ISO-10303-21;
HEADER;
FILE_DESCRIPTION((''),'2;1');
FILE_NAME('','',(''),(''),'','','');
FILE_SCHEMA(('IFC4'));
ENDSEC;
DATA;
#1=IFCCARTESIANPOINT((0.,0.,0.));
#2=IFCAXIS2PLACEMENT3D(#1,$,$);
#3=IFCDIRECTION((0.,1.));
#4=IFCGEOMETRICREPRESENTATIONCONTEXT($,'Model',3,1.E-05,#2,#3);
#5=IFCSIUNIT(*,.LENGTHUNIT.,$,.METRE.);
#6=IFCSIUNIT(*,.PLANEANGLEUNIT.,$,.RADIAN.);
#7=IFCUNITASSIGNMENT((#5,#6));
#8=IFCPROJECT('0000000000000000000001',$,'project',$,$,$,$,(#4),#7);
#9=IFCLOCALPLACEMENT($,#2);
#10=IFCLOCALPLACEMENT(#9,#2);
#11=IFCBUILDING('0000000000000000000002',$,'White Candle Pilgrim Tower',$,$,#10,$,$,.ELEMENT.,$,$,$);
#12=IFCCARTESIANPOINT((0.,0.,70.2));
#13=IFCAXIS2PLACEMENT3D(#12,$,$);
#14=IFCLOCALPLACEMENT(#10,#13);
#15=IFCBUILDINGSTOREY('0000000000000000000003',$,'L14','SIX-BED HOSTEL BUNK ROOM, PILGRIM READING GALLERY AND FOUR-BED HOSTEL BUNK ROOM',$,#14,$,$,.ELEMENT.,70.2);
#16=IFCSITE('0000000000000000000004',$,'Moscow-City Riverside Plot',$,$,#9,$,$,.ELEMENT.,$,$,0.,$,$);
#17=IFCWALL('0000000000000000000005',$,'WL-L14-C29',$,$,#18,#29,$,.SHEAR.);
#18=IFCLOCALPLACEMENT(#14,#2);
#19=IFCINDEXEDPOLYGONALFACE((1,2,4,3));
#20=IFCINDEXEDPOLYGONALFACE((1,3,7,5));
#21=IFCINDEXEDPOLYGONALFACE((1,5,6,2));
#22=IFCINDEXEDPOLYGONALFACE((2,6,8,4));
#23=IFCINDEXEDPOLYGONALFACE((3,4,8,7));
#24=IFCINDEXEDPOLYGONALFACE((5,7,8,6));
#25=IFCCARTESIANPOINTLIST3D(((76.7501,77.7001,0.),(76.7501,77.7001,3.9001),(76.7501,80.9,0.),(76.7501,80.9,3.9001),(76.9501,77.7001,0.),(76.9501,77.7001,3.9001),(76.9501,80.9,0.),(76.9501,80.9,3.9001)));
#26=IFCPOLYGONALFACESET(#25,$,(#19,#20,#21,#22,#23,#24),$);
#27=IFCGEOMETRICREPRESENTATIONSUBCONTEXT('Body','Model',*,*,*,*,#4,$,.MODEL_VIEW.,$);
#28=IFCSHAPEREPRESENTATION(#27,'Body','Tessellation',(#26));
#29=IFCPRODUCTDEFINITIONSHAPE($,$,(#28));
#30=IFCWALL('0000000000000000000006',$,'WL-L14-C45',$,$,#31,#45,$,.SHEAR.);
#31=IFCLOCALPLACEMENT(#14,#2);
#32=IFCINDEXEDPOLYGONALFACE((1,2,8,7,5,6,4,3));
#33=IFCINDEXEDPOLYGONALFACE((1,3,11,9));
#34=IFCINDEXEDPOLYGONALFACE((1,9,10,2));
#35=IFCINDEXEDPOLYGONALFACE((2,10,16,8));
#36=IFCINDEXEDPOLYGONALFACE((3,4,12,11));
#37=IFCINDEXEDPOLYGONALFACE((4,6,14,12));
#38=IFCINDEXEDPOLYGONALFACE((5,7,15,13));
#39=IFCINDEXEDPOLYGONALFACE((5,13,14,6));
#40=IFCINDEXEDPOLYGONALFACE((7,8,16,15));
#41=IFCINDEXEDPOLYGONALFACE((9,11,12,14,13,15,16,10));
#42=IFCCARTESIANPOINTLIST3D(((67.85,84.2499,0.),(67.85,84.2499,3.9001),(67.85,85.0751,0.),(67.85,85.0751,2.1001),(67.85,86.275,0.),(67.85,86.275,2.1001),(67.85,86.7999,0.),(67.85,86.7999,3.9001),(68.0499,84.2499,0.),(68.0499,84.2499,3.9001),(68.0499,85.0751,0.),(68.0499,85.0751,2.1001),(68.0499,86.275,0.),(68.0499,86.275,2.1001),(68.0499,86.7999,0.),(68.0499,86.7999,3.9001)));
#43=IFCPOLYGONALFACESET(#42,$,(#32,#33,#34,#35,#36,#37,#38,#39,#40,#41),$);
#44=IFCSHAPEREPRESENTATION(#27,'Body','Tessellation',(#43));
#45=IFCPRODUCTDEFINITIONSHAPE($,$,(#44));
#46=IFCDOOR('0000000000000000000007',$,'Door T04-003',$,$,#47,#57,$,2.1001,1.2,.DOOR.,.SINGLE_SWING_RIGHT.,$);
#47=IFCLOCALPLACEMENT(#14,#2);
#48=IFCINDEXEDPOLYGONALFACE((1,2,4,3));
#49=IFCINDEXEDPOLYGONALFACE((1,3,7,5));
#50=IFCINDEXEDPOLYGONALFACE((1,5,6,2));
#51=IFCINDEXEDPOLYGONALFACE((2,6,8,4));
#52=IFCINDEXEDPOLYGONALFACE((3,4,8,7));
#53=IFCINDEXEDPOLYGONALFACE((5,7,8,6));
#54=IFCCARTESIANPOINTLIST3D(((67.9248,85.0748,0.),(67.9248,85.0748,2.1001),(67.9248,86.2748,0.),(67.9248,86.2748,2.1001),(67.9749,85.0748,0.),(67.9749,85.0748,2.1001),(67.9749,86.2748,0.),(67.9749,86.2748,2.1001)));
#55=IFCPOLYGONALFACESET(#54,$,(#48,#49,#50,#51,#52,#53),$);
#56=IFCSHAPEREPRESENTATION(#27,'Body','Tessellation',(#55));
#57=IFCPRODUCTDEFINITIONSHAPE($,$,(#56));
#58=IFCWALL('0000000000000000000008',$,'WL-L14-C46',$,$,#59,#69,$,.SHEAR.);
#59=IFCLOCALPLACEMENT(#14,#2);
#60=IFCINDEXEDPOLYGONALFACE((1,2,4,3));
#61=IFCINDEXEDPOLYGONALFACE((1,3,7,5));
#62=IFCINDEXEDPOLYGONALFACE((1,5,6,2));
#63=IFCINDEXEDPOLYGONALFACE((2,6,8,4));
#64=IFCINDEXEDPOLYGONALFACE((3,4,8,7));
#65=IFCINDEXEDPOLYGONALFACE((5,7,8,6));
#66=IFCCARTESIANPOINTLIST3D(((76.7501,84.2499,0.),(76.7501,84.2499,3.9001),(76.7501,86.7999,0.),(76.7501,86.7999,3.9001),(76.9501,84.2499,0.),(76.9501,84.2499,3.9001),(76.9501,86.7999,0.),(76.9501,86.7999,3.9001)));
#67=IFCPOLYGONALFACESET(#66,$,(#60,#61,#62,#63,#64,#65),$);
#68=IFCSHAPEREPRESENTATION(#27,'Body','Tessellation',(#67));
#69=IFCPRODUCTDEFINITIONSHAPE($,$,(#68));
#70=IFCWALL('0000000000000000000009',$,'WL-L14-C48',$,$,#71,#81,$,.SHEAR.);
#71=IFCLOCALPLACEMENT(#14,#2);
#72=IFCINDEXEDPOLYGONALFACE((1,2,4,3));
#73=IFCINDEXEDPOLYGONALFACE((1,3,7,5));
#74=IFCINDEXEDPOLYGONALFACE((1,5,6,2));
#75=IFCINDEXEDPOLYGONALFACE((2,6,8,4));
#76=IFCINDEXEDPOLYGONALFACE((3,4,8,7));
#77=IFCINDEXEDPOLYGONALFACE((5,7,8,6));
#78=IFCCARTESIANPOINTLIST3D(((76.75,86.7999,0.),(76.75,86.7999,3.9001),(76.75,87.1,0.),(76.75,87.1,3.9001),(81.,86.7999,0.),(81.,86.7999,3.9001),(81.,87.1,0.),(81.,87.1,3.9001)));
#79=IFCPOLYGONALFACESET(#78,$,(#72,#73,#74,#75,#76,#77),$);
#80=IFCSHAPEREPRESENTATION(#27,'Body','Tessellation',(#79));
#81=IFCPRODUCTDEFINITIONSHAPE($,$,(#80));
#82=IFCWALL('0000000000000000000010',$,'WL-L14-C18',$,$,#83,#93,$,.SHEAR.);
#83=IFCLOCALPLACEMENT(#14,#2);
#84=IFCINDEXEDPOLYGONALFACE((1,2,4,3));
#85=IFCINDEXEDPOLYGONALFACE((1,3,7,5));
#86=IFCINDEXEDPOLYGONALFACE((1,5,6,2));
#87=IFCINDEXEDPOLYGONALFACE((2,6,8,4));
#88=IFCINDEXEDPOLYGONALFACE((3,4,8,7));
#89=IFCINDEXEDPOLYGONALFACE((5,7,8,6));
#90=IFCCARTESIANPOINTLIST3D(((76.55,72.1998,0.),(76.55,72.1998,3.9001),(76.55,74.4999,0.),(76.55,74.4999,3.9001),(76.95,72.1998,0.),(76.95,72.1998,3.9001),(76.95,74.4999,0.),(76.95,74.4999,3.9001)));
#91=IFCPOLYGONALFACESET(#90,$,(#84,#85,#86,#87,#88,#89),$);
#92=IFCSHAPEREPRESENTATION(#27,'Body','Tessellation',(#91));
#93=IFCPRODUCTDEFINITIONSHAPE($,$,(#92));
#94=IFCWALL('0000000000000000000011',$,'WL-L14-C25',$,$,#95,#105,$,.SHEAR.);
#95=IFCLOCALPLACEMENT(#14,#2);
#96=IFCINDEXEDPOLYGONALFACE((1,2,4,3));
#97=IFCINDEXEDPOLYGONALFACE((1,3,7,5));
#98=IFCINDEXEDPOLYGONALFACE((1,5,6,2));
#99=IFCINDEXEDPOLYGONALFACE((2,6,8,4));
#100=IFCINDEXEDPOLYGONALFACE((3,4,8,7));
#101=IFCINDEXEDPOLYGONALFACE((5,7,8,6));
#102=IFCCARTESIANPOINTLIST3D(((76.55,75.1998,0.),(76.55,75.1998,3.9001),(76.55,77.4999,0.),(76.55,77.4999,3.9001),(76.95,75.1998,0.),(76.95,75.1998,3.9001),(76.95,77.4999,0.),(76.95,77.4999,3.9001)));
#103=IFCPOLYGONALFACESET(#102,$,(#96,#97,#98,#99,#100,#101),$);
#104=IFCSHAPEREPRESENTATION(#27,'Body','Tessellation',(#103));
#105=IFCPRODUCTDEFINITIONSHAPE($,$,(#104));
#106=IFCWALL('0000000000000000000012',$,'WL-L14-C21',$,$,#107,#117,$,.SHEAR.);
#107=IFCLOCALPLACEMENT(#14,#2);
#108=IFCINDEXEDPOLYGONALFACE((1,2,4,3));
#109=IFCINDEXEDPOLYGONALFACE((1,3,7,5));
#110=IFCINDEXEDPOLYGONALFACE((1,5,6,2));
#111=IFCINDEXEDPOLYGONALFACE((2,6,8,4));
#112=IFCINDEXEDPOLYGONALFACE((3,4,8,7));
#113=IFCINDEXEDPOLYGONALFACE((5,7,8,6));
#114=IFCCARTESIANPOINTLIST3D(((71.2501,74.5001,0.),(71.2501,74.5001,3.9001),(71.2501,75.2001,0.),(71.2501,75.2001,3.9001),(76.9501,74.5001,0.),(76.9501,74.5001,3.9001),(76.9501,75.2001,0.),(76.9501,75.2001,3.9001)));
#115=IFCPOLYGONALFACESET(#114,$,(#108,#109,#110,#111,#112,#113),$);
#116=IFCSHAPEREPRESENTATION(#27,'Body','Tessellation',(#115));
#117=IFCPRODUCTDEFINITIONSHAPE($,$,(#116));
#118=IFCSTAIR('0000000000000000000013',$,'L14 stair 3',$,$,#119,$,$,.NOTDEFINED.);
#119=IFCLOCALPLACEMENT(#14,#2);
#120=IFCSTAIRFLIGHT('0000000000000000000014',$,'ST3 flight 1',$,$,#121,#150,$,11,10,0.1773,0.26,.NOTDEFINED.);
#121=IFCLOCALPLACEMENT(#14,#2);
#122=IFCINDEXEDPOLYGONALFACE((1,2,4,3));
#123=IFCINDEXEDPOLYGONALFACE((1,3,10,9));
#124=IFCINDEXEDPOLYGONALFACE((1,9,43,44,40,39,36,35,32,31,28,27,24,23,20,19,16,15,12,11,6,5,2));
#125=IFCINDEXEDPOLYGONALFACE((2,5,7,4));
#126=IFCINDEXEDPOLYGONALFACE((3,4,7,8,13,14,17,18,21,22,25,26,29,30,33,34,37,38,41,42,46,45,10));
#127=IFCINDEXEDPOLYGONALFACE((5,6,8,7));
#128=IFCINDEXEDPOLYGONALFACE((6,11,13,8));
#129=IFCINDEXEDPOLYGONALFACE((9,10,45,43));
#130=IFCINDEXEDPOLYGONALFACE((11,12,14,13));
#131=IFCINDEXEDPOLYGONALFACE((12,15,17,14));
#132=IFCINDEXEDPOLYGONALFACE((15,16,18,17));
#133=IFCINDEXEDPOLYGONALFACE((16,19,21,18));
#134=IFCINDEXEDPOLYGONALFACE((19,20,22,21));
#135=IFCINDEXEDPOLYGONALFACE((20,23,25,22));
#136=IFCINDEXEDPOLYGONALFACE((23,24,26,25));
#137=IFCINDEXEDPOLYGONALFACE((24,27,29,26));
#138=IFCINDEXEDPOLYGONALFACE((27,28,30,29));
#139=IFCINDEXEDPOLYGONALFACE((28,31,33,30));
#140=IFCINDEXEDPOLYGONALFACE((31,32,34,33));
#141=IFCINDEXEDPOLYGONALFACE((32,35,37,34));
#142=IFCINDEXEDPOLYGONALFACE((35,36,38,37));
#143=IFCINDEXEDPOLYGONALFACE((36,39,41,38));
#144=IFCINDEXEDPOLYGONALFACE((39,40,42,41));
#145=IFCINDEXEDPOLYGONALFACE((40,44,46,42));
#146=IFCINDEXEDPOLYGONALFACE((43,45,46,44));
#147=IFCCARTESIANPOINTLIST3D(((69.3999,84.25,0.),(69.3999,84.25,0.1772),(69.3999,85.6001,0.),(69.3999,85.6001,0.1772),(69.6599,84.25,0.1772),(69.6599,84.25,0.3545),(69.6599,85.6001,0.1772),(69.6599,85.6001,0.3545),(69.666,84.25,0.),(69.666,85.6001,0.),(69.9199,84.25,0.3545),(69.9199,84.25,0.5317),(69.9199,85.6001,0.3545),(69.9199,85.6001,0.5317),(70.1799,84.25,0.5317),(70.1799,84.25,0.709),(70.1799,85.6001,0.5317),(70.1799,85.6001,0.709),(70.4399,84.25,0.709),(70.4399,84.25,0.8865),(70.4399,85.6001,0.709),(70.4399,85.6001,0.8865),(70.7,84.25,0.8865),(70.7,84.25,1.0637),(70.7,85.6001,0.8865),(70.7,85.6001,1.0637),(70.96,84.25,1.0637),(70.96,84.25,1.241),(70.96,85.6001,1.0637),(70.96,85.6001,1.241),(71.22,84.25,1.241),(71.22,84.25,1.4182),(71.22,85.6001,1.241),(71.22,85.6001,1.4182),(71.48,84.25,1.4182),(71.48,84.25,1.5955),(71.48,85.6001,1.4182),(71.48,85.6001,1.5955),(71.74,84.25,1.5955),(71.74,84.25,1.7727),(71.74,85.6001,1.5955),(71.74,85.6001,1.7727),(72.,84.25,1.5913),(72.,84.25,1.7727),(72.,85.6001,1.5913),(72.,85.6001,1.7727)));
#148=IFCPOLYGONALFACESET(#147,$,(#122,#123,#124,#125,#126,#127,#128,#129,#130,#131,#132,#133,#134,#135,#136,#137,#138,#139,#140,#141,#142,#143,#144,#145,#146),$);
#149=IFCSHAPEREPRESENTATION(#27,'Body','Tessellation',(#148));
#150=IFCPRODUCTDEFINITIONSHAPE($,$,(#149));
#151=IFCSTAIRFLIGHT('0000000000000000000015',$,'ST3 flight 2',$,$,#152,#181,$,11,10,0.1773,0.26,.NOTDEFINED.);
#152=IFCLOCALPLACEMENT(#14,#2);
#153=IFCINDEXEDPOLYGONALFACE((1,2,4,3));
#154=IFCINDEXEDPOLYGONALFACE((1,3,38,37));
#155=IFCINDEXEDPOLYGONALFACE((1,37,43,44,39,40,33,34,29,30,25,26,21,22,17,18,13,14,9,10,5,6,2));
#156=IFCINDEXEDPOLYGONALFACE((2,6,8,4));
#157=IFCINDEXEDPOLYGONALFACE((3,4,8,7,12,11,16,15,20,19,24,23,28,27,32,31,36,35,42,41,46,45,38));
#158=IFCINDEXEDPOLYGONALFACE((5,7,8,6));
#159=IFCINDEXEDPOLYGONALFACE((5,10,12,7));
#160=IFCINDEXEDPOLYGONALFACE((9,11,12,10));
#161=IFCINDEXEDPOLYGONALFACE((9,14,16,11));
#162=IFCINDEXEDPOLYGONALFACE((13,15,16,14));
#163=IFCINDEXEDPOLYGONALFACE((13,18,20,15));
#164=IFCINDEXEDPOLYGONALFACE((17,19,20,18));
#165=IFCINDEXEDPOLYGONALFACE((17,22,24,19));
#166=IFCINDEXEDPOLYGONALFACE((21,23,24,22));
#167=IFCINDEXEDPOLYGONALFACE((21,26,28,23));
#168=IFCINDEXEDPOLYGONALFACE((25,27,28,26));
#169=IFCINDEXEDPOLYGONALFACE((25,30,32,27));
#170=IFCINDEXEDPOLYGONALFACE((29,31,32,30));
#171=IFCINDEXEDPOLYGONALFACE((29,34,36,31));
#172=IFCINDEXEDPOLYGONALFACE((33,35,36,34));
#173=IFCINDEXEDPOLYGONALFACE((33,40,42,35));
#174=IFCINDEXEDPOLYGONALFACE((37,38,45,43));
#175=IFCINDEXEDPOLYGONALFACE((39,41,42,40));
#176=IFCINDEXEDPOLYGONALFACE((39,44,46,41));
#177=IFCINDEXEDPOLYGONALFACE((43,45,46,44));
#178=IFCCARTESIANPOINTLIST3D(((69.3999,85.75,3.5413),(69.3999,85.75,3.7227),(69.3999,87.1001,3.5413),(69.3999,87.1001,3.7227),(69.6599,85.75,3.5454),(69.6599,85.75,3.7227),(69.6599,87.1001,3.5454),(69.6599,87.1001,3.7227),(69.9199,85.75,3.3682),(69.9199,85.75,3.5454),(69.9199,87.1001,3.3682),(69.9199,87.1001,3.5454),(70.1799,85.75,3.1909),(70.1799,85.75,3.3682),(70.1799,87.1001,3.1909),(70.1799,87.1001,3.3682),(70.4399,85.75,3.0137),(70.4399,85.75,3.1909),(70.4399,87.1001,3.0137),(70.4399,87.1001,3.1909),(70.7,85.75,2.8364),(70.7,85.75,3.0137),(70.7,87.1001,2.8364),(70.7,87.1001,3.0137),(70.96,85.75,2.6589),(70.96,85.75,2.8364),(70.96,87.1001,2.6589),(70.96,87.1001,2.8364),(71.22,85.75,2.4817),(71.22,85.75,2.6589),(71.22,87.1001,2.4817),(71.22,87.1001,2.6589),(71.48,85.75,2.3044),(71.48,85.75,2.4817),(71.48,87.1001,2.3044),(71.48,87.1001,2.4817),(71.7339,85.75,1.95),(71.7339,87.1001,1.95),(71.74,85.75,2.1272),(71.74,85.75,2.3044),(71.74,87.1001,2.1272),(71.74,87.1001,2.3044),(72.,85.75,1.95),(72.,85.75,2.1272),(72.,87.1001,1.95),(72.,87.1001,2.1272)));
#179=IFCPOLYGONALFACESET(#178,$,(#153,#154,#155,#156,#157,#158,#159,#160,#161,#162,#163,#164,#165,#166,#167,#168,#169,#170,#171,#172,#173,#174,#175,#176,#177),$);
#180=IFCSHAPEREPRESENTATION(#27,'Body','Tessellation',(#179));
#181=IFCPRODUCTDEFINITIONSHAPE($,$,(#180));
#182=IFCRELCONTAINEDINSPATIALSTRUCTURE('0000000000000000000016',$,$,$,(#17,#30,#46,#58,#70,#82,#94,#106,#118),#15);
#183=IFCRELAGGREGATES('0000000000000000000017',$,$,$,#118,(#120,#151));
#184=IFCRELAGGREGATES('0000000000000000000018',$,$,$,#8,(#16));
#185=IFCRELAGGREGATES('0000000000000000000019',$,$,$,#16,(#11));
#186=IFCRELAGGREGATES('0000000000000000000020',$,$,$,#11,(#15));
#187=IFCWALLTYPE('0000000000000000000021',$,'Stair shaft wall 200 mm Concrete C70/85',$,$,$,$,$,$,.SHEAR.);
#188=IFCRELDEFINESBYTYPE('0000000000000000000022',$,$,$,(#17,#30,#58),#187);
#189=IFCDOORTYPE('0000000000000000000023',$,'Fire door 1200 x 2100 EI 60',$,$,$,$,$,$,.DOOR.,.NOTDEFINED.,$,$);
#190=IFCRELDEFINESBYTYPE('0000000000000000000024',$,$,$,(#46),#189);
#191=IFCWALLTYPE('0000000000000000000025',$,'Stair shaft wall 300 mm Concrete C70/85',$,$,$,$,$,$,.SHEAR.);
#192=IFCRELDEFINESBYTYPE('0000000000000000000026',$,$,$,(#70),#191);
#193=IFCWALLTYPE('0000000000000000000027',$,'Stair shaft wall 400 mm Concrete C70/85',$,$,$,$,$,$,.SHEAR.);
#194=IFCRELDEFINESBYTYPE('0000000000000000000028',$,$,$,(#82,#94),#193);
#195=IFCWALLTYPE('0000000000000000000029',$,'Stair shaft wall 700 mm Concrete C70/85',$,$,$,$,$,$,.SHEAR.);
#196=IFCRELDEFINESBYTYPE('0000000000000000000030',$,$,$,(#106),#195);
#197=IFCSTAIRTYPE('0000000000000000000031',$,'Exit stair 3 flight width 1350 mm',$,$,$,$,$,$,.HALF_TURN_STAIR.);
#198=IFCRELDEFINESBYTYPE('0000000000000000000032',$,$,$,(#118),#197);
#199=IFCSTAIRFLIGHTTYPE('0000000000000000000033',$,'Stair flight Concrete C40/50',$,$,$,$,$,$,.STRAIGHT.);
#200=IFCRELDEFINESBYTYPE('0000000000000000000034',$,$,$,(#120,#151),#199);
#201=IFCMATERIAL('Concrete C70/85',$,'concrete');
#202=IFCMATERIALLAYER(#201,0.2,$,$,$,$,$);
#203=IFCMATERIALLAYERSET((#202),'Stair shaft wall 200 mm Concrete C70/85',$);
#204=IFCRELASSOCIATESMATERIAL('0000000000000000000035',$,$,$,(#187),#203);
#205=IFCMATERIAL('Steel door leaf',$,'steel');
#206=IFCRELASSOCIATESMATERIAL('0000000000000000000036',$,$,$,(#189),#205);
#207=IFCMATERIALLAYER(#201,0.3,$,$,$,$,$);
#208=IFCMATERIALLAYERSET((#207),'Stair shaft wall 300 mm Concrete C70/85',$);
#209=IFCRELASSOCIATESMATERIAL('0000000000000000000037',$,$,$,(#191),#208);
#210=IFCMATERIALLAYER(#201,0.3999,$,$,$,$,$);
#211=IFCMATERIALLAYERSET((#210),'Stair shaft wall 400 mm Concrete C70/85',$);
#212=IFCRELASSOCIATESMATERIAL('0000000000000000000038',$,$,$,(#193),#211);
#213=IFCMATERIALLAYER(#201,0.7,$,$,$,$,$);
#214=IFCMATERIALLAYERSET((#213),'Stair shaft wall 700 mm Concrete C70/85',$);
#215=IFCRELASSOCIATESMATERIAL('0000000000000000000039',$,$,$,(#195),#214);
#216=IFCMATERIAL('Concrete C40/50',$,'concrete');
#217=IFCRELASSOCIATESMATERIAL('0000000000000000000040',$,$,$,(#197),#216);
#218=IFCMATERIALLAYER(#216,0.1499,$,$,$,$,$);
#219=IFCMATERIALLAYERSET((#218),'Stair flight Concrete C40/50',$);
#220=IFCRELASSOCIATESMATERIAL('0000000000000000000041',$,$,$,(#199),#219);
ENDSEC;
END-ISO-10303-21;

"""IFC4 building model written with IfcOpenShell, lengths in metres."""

from ifc_helpers import new_model, si_unit, direction, frame, frame_2d, origin, place, context, subcontext, project, spatial, polyline, rectangle, outline, extrude, material, layer, layer_set, type_object, element, fill, aggregate, save


model = new_model("IFC4")

# Units and contexts
model_context = context("Model", 3, precision=1e-05, world=origin(), true_north=direction((0.0, 1.0)))
body_context = subcontext(model_context, "Body", "Model", "MODEL_VIEW")
ifc_project = project(units=[si_unit("LENGTHUNIT", "METRE"), si_unit("PLANEANGLEUNIT", "RADIAN")], contexts=[model_context])

# Site, building, storey
site_placement = place(None, origin())
site = spatial("IfcSite", under=ifc_project, at=site_placement, Name="Moscow-City Riverside Plot", CompositionType="ELEMENT", RefElevation=0.0)
building_placement = place(site_placement, origin())
building = spatial("IfcBuilding", under=site, at=building_placement, Name="White Candle Pilgrim Tower", CompositionType="ELEMENT")
storey_placement = place(building_placement, frame((0.0, 0.0, 70.2)))
storey = spatial("IfcBuildingStorey", under=building, at=storey_placement, Name="L14", Description="SIX-BED HOSTEL BUNK ROOM, PILGRIM READING GALLERY AND FOUR-BED HOSTEL BUNK ROOM", CompositionType="ELEMENT", Elevation=70.2)

# Shared definitions
ifc_material_1 = material(Name="Concrete C70/85", Category="concrete")

# Shared definitions
ifc_layer_1 = layer(ifc_material_1, 0.2)
ifc_layer_set_1 = layer_set([ifc_layer_1], Name="Stair shaft wall 200 mm Concrete C70/85")
wall_type_1 = type_object("IfcWallType", Name="Stair shaft wall 200 mm Concrete C70/85", PredefinedType="SHEAR", material=ifc_layer_set_1)
ifc_material_2 = material(Name="Steel door leaf", Category="steel")

# Wall
wall_1_placement = place(storey_placement, frame((76.8501, 77.7, 0.0), z_axis=(0.0, 0.0, 1.0), x_axis=(0.0, 1.0, 0.0)))
element("IfcWall", 1, at=wall_1_placement, inside=storey, type_object=wall_type_1, Name="WL-L14-C29", PredefinedType="SHEAR", context=body_context, shape_type="SweptSolid", body=[
    extrude(rectangle(XDim=3.2, YDim=0.2, at=frame_2d((1.6001, 0.0))), origin(), (0.0, 0.0, 1.0), 3.9001),
])

# Wall, opening, door
wall_2_placement = place(storey_placement, frame((67.95, 84.25, 0.0), z_axis=(0.0, 0.0, 1.0), x_axis=(0.0, 1.0, 0.0)))
wall_2 = element("IfcWall", 2, at=wall_2_placement, inside=storey, type_object=wall_type_1, Name="WL-L14-C45", PredefinedType="SHEAR", context=body_context, shape_type="SweptSolid", body=[
    extrude(rectangle(XDim=2.55, YDim=0.2, at=frame_2d((1.2749, 0.0))), origin(), (0.0, 0.0, 1.0), 3.9001),
])
opening_1_placement = place(wall_2_placement, frame((0.825, 0.0, 0.0)))
opening_1 = element("IfcOpeningElement", 3, at=opening_1_placement, cuts=wall_2, PredefinedType="OPENING", context=body_context, shape_type="SweptSolid", body=[
    extrude(rectangle(XDim=1.2, YDim=2.1001, at=frame_2d((0.6001, 1.05))), frame((0.0, 0.1099, 0.0), z_axis=(0.0, -1.0, 0.0), x_axis=(1.0, 0.0, 0.0)), (0.0, 0.0, 1.0), 0.22),
])
door_type_1 = type_object("IfcDoorType", Name="Fire door 1200 x 2100 EI 60", OperationType="NOTDEFINED", PredefinedType="DOOR", material=ifc_material_2)
door_1_placement = place(opening_1_placement, frame((1.2, 0.0, 0.0), z_axis=(0.0, 0.0, 1.0), x_axis=(-1.0, 0.0, 0.0)))
door_1 = element("IfcDoor", 4, at=door_1_placement, inside=storey, type_object=door_type_1, Name="Door T04-003", OperationType="SINGLE_SWING_RIGHT", OverallHeight=2.1001, OverallWidth=1.2, PredefinedType="DOOR", context=body_context, shape_type="SweptSolid", body=[
    extrude(rectangle(XDim=1.2, YDim=2.1001, at=frame_2d((0.6001, 1.05))), frame((0.0, 0.0249, 0.0), z_axis=(0.0, -1.0, 0.0), x_axis=(1.0, 0.0, 0.0)), (0.0, 0.0, 1.0), 0.05),
])
fill(opening_1, door_1)

# Walls
wall_3_placement = place(storey_placement, frame((76.8501, 84.25, 0.0), z_axis=(0.0, 0.0, 1.0), x_axis=(0.0, 1.0, 0.0)))
element("IfcWall", 5, at=wall_3_placement, inside=storey, type_object=wall_type_1, Name="WL-L14-C46", PredefinedType="SHEAR", context=body_context, shape_type="SweptSolid", body=[
    extrude(rectangle(XDim=2.55, YDim=0.2, at=frame_2d((1.2749, 0.0))), origin(), (0.0, 0.0, 1.0), 3.9001),
])
ifc_layer_2 = layer(ifc_material_1, 0.3)
ifc_layer_set_2 = layer_set([ifc_layer_2], Name="Stair shaft wall 300 mm Concrete C70/85")
wall_type_2 = type_object("IfcWallType", Name="Stair shaft wall 300 mm Concrete C70/85", PredefinedType="SHEAR", material=ifc_layer_set_2)
wall_4_placement = place(storey_placement, frame((76.75, 86.95, 0.0), z_axis=(0.0, 0.0, 1.0), x_axis=(1.0, 0.0, 0.0)))
element("IfcWall", 6, at=wall_4_placement, inside=storey, type_object=wall_type_2, Name="WL-L14-C48", PredefinedType="SHEAR", context=body_context, shape_type="SweptSolid", body=[
    extrude(rectangle(XDim=4.25, YDim=0.3, at=frame_2d((2.125, 0.0))), origin(), (0.0, 0.0, 1.0), 3.9001),
])
ifc_layer_3 = layer(ifc_material_1, 0.3999)
ifc_layer_set_3 = layer_set([ifc_layer_3], Name="Stair shaft wall 400 mm Concrete C70/85")
wall_type_3 = type_object("IfcWallType", Name="Stair shaft wall 400 mm Concrete C70/85", PredefinedType="SHEAR", material=ifc_layer_set_3)
for number, where, z_axis, x_axis, name in (
    (7, (76.75, 72.2, 0.0), (0.0, 0.0, 1.0), (0.0, 1.0, 0.0), "WL-L14-C18"),
    (8, (76.75, 75.2, 0.0), (0.0, 0.0, 1.0), (0.0, 1.0, 0.0), "WL-L14-C25"),
):
    element("IfcWall", number, at=place(storey_placement, frame(where, z_axis=z_axis, x_axis=x_axis)), inside=storey, type_object=wall_type_3, Name=name, PredefinedType="SHEAR", context=body_context, shape_type="SweptSolid", body=[
        extrude(rectangle(XDim=2.3, YDim=0.3999, at=frame_2d((1.1499, 0.0))), origin(), (0.0, 0.0, 1.0), 3.9001),
    ])
ifc_layer_4 = layer(ifc_material_1, 0.7)
ifc_layer_set_4 = layer_set([ifc_layer_4], Name="Stair shaft wall 700 mm Concrete C70/85")
wall_type_4 = type_object("IfcWallType", Name="Stair shaft wall 700 mm Concrete C70/85", PredefinedType="SHEAR", material=ifc_layer_set_4)
wall_5_placement = place(storey_placement, frame((71.25, 74.8501, 0.0), z_axis=(0.0, 0.0, 1.0), x_axis=(1.0, 0.0, 0.0)))
element("IfcWall", 9, at=wall_5_placement, inside=storey, type_object=wall_type_4, Name="WL-L14-C21", PredefinedType="SHEAR", context=body_context, shape_type="SweptSolid", body=[
    extrude(rectangle(XDim=5.7, YDim=0.7, at=frame_2d((2.8501, 0.0))), origin(), (0.0, 0.0, 1.0), 3.9001),
])

# Stair, stair flights
ifc_material_3 = material(Name="Concrete C40/50", Category="concrete")
stair_type = type_object("IfcStairType", Name="Exit stair 3 flight width 1350 mm", PredefinedType="HALF_TURN_STAIR", material=ifc_material_3)
stair_placement = place(storey_placement, origin())
stair = element("IfcStair", 10, at=stair_placement, inside=storey, type_object=stair_type, Name="L14 stair 3", PredefinedType="NOTDEFINED")
ifc_layer_5 = layer(ifc_material_3, 0.1499)
ifc_layer_set_5 = layer_set([ifc_layer_5], Name="Stair flight Concrete C40/50")
stair_flight_type = type_object("IfcStairFlightType", Name="Stair flight Concrete C40/50", PredefinedType="STRAIGHT", material=ifc_layer_set_5)
stair_flight_1_placement = place(storey_placement, frame((69.3999, 84.925, 0.0), z_axis=(0.0, 0.0, 1.0), x_axis=(1.0, 0.0, 0.0)))
stair_flight_1 = element("IfcStairFlight", 11, at=stair_flight_1_placement, type_object=stair_flight_type, Name="ST3 flight 1", NumberOfRisers=11, NumberOfTreads=10, PredefinedType="NOTDEFINED", RiserHeight=0.1773, TreadLength=0.26, context=body_context, shape_type="SweptSolid", body=[
    extrude(outline(polyline([(0.0, 0.0), (0.0, 0.1772), (0.26, 0.1772), (0.26, 0.3545), (0.52, 0.3545), (0.52, 0.5317), (0.78, 0.5317), (0.78, 0.709), (1.04, 0.709), (1.04, 0.8865), (1.3, 0.8865), (1.3, 1.0637), (1.5601, 1.0637), (1.5601, 1.241), (1.8201, 1.241), (1.8201, 1.4182), (2.0801, 1.4182), (2.0801, 1.5955), (2.3401, 1.5955), (2.3401, 1.7727), (2.6001, 1.7727), (2.6001, 1.95), (2.6001, 1.5913), (0.2661, 0.0), (0.0, 0.0)])), frame((0.0, 0.675, 0.0), z_axis=(0.0, -1.0, 0.0), x_axis=(1.0, 0.0, 0.0)), (0.0, 0.0, 1.0), 1.3501),
])
stair_flight_2_placement = place(storey_placement, frame((72.0, 86.425, 1.95), z_axis=(0.0, 0.0, 1.0), x_axis=(-1.0, 0.0, 0.0)))
stair_flight_2 = element("IfcStairFlight", 12, at=stair_flight_2_placement, type_object=stair_flight_type, Name="ST3 flight 2", NumberOfRisers=11, NumberOfTreads=10, PredefinedType="NOTDEFINED", RiserHeight=0.1773, TreadLength=0.26, context=body_context, shape_type="SweptSolid", body=[
    extrude(outline(polyline([(0.0, 0.0), (0.0, 0.1772), (0.26, 0.1772), (0.26, 0.3545), (0.52, 0.3545), (0.52, 0.5317), (0.78, 0.5317), (0.78, 0.709), (1.04, 0.709), (1.04, 0.8865), (1.3, 0.8865), (1.3, 1.0637), (1.5601, 1.0637), (1.5601, 1.241), (1.8201, 1.241), (1.8201, 1.4182), (2.0801, 1.4182), (2.0801, 1.5955), (2.3401, 1.5955), (2.3401, 1.7727), (2.6001, 1.7727), (2.6001, 1.95), (2.6001, 1.5913), (0.2661, 0.0), (0.0, 0.0)])), frame((0.0, 0.675, 0.0), z_axis=(0.0, -1.0, 0.0), x_axis=(1.0, 0.0, 0.0)), (0.0, 0.0, 1.0), 1.3501),
])
aggregate(stair, [stair_flight_1, stair_flight_2])

save(model, "model.ifc")
